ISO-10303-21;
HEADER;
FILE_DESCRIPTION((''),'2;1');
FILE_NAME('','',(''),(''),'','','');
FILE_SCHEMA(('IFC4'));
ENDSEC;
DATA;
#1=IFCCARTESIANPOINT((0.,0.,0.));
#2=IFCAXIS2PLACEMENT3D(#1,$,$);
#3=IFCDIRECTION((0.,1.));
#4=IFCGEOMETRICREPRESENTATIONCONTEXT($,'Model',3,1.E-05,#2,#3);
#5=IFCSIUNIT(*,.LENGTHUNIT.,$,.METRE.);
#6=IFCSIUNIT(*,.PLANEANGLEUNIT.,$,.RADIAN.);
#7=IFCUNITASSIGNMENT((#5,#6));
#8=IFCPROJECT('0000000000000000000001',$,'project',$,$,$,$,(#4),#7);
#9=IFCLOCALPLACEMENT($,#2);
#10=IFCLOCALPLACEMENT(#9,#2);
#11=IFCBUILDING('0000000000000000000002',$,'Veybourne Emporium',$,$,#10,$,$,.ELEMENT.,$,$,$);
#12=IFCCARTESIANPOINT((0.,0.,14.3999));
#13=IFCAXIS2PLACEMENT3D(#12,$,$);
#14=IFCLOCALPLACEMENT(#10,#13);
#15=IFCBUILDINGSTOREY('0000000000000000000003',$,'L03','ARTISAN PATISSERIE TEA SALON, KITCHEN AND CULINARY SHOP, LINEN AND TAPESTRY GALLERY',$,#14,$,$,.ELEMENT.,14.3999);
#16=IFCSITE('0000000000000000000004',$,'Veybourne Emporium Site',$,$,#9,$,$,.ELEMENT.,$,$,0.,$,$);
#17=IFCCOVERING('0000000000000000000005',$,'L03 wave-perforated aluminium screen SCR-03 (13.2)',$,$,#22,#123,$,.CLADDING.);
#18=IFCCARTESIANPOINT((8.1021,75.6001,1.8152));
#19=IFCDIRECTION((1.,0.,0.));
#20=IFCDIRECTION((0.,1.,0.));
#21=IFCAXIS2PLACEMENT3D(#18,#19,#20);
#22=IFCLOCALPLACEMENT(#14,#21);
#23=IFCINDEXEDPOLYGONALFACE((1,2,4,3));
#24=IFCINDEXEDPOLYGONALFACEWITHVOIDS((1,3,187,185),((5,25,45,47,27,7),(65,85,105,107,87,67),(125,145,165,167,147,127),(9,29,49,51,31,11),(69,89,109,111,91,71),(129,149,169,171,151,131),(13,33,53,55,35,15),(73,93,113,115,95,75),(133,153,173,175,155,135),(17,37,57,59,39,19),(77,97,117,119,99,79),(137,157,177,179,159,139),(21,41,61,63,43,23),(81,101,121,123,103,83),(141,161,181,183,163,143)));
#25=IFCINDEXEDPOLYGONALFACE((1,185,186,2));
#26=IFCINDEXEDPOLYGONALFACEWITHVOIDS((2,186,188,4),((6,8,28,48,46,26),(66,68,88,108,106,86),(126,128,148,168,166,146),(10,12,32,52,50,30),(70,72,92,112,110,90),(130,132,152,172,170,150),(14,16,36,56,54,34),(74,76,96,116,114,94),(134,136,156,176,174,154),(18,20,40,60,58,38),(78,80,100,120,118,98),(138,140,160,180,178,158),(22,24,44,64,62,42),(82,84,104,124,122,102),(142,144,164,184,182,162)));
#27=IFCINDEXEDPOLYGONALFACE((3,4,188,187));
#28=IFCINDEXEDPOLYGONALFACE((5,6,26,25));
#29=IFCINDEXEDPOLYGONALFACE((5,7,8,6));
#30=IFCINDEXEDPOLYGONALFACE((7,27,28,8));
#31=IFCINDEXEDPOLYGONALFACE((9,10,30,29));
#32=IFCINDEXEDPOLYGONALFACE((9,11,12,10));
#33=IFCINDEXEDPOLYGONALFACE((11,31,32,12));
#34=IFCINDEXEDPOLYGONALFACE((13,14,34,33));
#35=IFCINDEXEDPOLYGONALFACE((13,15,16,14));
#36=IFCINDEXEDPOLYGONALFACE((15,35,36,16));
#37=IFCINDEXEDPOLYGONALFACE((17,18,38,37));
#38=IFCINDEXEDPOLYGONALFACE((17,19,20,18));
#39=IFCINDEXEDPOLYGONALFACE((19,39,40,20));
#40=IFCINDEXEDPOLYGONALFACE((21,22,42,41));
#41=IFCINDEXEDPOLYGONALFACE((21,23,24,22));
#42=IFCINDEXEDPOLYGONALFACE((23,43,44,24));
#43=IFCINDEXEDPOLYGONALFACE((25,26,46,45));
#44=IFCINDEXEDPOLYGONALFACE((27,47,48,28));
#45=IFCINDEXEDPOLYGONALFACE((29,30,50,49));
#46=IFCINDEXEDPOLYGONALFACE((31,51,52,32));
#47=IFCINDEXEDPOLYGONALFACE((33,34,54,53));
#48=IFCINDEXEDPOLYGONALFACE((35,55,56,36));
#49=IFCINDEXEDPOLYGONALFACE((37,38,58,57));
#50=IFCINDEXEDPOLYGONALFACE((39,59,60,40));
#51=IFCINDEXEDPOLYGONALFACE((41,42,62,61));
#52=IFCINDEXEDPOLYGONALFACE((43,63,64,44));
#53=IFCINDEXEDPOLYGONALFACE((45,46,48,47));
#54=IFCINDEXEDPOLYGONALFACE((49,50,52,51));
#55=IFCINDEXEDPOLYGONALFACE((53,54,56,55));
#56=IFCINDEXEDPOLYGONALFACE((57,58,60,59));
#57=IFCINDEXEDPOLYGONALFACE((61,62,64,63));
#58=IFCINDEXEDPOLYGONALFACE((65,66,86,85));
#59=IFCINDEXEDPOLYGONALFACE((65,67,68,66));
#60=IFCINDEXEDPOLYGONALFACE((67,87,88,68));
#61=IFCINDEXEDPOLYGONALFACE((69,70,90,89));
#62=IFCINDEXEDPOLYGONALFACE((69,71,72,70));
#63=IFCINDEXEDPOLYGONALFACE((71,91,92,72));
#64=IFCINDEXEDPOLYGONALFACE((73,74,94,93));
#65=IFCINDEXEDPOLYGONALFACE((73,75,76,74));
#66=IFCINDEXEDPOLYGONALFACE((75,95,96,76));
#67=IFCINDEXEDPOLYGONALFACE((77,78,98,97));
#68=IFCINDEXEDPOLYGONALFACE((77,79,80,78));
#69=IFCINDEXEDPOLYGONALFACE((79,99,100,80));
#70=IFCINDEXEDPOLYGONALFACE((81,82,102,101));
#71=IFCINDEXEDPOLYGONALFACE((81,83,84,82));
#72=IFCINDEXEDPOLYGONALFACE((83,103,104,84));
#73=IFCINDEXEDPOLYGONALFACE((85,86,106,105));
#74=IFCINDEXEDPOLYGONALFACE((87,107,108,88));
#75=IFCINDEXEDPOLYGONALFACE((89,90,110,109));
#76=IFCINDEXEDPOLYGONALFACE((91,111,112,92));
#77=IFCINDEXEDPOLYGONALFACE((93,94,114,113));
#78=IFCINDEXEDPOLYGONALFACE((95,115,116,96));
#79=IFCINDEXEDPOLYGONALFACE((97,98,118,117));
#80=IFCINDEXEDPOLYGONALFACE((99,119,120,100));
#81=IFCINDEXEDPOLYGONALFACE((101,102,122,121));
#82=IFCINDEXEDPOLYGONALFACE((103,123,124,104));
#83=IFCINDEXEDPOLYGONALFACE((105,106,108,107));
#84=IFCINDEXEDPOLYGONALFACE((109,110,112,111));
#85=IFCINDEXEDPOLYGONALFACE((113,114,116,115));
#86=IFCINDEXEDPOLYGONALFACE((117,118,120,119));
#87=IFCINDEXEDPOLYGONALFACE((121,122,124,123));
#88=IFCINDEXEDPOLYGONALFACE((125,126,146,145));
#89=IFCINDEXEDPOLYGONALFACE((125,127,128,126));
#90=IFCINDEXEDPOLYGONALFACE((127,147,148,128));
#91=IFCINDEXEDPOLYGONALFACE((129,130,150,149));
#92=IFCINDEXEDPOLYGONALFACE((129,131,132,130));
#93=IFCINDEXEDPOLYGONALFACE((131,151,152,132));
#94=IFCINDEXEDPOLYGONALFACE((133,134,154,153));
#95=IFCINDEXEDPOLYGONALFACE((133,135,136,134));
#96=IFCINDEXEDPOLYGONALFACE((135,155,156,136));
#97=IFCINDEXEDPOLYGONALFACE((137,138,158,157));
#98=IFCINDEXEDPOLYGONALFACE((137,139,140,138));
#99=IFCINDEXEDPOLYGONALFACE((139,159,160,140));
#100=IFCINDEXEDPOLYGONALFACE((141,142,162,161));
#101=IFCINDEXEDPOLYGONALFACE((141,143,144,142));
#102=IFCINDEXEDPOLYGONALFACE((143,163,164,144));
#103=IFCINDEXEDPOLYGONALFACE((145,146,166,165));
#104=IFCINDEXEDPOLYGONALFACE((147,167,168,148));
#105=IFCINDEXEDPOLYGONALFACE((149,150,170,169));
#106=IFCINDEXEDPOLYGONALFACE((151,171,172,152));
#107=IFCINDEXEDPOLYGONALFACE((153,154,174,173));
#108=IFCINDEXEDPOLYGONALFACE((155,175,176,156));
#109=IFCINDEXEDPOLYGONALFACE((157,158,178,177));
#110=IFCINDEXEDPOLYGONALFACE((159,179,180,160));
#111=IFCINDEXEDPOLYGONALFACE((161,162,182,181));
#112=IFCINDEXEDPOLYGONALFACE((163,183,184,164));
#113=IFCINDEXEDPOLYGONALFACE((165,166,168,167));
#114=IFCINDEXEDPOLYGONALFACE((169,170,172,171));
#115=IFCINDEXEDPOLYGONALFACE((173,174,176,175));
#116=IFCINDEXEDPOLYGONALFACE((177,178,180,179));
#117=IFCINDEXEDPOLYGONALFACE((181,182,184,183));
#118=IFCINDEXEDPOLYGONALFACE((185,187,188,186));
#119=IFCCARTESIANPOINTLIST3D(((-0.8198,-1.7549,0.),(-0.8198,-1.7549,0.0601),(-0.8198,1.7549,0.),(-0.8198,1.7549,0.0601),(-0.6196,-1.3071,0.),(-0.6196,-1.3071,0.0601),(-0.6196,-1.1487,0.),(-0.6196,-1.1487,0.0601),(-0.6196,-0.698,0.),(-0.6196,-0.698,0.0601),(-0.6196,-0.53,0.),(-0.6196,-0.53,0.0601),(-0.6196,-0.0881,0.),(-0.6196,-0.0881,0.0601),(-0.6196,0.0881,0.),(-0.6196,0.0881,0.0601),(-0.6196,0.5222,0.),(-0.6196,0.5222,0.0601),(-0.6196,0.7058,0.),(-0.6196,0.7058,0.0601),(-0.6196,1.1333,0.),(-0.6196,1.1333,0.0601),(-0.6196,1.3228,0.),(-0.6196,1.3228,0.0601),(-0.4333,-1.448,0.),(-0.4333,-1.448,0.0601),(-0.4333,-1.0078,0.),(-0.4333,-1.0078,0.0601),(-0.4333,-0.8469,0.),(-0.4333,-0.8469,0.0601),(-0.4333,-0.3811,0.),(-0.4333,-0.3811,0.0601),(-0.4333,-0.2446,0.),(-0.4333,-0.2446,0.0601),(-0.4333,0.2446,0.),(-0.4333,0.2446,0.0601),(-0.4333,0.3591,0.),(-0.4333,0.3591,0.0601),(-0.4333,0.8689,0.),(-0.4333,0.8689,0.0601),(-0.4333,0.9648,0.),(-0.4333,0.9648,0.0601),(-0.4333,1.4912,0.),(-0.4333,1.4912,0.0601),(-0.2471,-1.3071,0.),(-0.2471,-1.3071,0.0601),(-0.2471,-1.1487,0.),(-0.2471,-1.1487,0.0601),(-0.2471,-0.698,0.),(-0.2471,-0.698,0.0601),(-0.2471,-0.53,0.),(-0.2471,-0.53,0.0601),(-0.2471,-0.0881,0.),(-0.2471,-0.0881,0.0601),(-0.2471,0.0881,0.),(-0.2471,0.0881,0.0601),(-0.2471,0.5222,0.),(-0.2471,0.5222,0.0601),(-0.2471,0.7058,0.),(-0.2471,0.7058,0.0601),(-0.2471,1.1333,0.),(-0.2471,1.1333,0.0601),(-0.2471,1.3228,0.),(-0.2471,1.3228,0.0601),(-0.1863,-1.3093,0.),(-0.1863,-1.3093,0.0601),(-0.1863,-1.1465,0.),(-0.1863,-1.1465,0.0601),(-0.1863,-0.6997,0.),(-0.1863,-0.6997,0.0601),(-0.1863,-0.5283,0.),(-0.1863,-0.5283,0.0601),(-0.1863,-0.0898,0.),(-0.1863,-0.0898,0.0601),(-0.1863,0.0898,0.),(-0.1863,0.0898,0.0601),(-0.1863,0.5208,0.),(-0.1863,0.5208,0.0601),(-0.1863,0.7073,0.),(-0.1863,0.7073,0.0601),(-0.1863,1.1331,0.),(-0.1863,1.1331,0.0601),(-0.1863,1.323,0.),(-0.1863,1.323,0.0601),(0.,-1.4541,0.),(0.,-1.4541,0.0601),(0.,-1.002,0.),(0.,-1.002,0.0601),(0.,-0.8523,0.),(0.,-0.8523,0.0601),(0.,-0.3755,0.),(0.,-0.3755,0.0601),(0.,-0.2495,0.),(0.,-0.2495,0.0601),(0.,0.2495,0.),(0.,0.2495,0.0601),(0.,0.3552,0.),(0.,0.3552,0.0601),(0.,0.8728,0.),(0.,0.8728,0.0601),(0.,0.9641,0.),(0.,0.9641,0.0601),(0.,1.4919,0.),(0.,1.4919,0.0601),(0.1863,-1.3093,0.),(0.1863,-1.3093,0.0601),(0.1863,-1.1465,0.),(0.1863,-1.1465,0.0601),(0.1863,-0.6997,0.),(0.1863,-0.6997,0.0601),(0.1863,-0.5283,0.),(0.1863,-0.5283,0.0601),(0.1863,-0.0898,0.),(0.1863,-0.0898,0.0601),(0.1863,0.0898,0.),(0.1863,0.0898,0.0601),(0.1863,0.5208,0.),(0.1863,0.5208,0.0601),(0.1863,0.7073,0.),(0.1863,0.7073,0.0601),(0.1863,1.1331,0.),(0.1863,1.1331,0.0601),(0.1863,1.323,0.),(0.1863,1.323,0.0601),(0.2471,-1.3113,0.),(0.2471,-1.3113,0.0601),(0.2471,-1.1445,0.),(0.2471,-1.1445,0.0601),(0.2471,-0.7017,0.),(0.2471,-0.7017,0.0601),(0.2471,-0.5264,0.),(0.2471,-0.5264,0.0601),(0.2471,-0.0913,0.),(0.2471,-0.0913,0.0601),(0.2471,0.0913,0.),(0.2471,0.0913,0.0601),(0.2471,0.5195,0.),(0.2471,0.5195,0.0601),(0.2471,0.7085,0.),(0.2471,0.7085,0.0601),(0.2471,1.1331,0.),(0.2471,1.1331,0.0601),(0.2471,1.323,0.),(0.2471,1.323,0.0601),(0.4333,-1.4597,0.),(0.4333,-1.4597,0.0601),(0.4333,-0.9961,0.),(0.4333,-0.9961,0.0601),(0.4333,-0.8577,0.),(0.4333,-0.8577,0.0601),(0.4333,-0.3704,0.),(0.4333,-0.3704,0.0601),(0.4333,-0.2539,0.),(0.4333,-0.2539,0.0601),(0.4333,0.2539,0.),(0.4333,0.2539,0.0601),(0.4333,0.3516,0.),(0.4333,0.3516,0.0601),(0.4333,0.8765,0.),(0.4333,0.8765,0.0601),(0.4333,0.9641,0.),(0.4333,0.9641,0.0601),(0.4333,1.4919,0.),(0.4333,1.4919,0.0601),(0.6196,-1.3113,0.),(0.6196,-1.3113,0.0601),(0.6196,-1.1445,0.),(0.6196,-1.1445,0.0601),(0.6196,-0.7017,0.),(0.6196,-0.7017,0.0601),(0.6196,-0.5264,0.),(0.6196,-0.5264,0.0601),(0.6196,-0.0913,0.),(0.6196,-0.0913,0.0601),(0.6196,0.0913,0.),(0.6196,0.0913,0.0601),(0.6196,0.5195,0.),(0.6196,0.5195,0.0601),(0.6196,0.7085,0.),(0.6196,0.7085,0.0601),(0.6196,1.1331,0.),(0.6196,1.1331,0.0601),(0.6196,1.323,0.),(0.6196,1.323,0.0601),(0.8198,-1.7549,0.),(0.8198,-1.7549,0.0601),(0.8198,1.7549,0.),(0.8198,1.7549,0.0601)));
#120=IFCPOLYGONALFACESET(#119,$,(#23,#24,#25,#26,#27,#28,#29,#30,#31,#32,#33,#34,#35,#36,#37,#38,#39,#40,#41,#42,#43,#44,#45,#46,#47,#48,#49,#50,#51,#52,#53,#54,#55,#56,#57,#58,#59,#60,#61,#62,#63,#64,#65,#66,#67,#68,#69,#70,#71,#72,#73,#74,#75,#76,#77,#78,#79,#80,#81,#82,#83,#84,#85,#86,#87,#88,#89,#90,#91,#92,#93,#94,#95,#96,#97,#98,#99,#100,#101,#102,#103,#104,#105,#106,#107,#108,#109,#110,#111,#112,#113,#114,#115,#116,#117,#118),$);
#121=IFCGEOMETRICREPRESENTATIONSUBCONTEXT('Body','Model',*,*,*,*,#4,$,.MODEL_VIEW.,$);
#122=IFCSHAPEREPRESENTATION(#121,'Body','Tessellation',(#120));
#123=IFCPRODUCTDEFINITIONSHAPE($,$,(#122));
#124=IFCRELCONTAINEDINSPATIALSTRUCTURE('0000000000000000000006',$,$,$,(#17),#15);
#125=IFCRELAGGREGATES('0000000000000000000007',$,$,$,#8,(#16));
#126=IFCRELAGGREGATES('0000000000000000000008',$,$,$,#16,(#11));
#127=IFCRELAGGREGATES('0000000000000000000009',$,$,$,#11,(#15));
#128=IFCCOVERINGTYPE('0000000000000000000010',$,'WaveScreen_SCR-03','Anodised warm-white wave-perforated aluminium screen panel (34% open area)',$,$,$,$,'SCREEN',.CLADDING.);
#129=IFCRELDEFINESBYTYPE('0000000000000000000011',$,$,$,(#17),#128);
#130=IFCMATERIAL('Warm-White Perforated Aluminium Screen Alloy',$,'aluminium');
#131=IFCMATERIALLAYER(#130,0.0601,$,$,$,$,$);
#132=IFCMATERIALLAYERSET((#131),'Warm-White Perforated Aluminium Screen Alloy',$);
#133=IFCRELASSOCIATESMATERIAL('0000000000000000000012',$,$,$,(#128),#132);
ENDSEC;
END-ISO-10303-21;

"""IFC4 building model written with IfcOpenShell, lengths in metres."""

from ifc_helpers import new_model, si_unit, direction, frame, origin, place, context, subcontext, project, spatial, polyline, outline, extrude, material, layer, layer_set, type_object, element, save


model = new_model("IFC4")

# Units and contexts
model_context = context("Model", 3, precision=1e-05, world=origin(), true_north=direction((0.0, 1.0)))
body_context = subcontext(model_context, "Body", "Model", "MODEL_VIEW")
ifc_project = project(units=[si_unit("LENGTHUNIT", "METRE"), si_unit("PLANEANGLEUNIT", "RADIAN")], contexts=[model_context])

# Site, building, storey
site_placement = place(None, origin())
site = spatial("IfcSite", under=ifc_project, at=site_placement, Name="Veybourne Emporium Site", CompositionType="ELEMENT", RefElevation=0.0)
building_placement = place(site_placement, origin())
building = spatial("IfcBuilding", under=site, at=building_placement, Name="Veybourne Emporium", CompositionType="ELEMENT")
storey_placement = place(building_placement, frame((0.0, 0.0, 14.3999)))
storey = spatial("IfcBuildingStorey", under=building, at=storey_placement, Name="L03", Description="ARTISAN PATISSERIE TEA SALON, KITCHEN AND CULINARY SHOP, LINEN AND TAPESTRY GALLERY", CompositionType="ELEMENT", Elevation=14.3999)

# Covering
ifc_material_1 = material(Name="Warm-White Perforated Aluminium Screen Alloy", Category="aluminium")
ifc_layer_1 = layer(ifc_material_1, 0.0601)
ifc_layer_set_1 = layer_set([ifc_layer_1], Name="Warm-White Perforated Aluminium Screen Alloy")
covering_type_1 = type_object("IfcCoveringType", Name="WaveScreen_SCR-03", Description="Anodised warm-white wave-perforated aluminium screen panel (34% open area)", ElementType="SCREEN", PredefinedType="CLADDING", material=ifc_layer_set_1)
covering_1_placement = place(storey_placement, frame((8.1021, 75.6001, 1.8152), z_axis=(1.0, 0.0, 0.0), x_axis=(0.0, 1.0, 0.0)))
element("IfcCovering", 1, at=covering_1_placement, inside=storey, type_object=covering_type_1, Name="L03 wave-perforated aluminium screen SCR-03 (13.2)", PredefinedType="CLADDING", context=body_context, shape_type="SweptSolid", body=[
    extrude(outline(polyline([(-0.8198, -1.7549), (0.8198, -1.7549), (0.8198, 1.7549), (-0.8198, 1.7549), (-0.8198, -1.7549)]), holes=[polyline([(-0.4333, -1.0078), (-0.2471, -1.1487), (-0.2471, -1.3071), (-0.4333, -1.448), (-0.6196, -1.3071), (-0.6196, -1.1487), (-0.4333, -1.0078)]), polyline([(-0.4333, -0.3811), (-0.2471, -0.53), (-0.2471, -0.698), (-0.4333, -0.8469), (-0.6196, -0.698), (-0.6196, -0.53), (-0.4333, -0.3811)]), polyline([(-0.4333, 0.2446), (-0.2471, 0.0881), (-0.2471, -0.0881), (-0.4333, -0.2446), (-0.6196, -0.0881), (-0.6196, 0.0881), (-0.4333, 0.2446)]), polyline([(-0.4333, 0.8689), (-0.2471, 0.7058), (-0.2471, 0.5222), (-0.4333, 0.3591), (-0.6196, 0.5222), (-0.6196, 0.7058), (-0.4333, 0.8689)]), polyline([(-0.4333, 1.4912), (-0.2471, 1.3228), (-0.2471, 1.1333), (-0.4333, 0.9648), (-0.6196, 1.1333), (-0.6196, 1.3228), (-0.4333, 1.4912)]), polyline([(0.0, -1.002), (0.1863, -1.1465), (0.1863, -1.3093), (0.0, -1.4541), (-0.1863, -1.3093), (-0.1863, -1.1465), (0.0, -1.002)]), polyline([(0.0, -0.3755), (0.1863, -0.5283), (0.1863, -0.6997), (0.0, -0.8523), (-0.1863, -0.6997), (-0.1863, -0.5283), (0.0, -0.3755)]), polyline([(0.0, 0.2495), (0.1863, 0.0898), (0.1863, -0.0898), (0.0, -0.2495), (-0.1863, -0.0898), (-0.1863, 0.0898), (0.0, 0.2495)]), polyline([(0.0, 0.8728), (0.1863, 0.7073), (0.1863, 0.5208), (0.0, 0.3552), (-0.1863, 0.5208), (-0.1863, 0.7073), (0.0, 0.8728)]), polyline([(0.0, 1.4919), (0.1863, 1.323), (0.1863, 1.1331), (0.0, 0.9641), (-0.1863, 1.1331), (-0.1863, 1.323), (0.0, 1.4919)]), polyline([(0.4333, -0.9961), (0.6196, -1.1445), (0.6196, -1.3113), (0.4333, -1.4597), (0.2471, -1.3113), (0.2471, -1.1445), (0.4333, -0.9961)]), polyline([(0.4333, -0.3704), (0.6196, -0.5264), (0.6196, -0.7017), (0.4333, -0.8577), (0.2471, -0.7017), (0.2471, -0.5264), (0.4333, -0.3704)]), polyline([(0.4333, 0.2539), (0.6196, 0.0913), (0.6196, -0.0913), (0.4333, -0.2539), (0.2471, -0.0913), (0.2471, 0.0913), (0.4333, 0.2539)]), polyline([(0.4333, 0.8765), (0.6196, 0.7085), (0.6196, 0.5195), (0.4333, 0.3516), (0.2471, 0.5195), (0.2471, 0.7085), (0.4333, 0.8765)]), polyline([(0.4333, 1.4919), (0.6196, 1.323), (0.6196, 1.1331), (0.4333, 0.9641), (0.2471, 1.1331), (0.2471, 1.323), (0.4333, 1.4919)])]), origin(), (0.0, 0.0, 1.0), 0.0601),
])

save(model, "model.ifc")
